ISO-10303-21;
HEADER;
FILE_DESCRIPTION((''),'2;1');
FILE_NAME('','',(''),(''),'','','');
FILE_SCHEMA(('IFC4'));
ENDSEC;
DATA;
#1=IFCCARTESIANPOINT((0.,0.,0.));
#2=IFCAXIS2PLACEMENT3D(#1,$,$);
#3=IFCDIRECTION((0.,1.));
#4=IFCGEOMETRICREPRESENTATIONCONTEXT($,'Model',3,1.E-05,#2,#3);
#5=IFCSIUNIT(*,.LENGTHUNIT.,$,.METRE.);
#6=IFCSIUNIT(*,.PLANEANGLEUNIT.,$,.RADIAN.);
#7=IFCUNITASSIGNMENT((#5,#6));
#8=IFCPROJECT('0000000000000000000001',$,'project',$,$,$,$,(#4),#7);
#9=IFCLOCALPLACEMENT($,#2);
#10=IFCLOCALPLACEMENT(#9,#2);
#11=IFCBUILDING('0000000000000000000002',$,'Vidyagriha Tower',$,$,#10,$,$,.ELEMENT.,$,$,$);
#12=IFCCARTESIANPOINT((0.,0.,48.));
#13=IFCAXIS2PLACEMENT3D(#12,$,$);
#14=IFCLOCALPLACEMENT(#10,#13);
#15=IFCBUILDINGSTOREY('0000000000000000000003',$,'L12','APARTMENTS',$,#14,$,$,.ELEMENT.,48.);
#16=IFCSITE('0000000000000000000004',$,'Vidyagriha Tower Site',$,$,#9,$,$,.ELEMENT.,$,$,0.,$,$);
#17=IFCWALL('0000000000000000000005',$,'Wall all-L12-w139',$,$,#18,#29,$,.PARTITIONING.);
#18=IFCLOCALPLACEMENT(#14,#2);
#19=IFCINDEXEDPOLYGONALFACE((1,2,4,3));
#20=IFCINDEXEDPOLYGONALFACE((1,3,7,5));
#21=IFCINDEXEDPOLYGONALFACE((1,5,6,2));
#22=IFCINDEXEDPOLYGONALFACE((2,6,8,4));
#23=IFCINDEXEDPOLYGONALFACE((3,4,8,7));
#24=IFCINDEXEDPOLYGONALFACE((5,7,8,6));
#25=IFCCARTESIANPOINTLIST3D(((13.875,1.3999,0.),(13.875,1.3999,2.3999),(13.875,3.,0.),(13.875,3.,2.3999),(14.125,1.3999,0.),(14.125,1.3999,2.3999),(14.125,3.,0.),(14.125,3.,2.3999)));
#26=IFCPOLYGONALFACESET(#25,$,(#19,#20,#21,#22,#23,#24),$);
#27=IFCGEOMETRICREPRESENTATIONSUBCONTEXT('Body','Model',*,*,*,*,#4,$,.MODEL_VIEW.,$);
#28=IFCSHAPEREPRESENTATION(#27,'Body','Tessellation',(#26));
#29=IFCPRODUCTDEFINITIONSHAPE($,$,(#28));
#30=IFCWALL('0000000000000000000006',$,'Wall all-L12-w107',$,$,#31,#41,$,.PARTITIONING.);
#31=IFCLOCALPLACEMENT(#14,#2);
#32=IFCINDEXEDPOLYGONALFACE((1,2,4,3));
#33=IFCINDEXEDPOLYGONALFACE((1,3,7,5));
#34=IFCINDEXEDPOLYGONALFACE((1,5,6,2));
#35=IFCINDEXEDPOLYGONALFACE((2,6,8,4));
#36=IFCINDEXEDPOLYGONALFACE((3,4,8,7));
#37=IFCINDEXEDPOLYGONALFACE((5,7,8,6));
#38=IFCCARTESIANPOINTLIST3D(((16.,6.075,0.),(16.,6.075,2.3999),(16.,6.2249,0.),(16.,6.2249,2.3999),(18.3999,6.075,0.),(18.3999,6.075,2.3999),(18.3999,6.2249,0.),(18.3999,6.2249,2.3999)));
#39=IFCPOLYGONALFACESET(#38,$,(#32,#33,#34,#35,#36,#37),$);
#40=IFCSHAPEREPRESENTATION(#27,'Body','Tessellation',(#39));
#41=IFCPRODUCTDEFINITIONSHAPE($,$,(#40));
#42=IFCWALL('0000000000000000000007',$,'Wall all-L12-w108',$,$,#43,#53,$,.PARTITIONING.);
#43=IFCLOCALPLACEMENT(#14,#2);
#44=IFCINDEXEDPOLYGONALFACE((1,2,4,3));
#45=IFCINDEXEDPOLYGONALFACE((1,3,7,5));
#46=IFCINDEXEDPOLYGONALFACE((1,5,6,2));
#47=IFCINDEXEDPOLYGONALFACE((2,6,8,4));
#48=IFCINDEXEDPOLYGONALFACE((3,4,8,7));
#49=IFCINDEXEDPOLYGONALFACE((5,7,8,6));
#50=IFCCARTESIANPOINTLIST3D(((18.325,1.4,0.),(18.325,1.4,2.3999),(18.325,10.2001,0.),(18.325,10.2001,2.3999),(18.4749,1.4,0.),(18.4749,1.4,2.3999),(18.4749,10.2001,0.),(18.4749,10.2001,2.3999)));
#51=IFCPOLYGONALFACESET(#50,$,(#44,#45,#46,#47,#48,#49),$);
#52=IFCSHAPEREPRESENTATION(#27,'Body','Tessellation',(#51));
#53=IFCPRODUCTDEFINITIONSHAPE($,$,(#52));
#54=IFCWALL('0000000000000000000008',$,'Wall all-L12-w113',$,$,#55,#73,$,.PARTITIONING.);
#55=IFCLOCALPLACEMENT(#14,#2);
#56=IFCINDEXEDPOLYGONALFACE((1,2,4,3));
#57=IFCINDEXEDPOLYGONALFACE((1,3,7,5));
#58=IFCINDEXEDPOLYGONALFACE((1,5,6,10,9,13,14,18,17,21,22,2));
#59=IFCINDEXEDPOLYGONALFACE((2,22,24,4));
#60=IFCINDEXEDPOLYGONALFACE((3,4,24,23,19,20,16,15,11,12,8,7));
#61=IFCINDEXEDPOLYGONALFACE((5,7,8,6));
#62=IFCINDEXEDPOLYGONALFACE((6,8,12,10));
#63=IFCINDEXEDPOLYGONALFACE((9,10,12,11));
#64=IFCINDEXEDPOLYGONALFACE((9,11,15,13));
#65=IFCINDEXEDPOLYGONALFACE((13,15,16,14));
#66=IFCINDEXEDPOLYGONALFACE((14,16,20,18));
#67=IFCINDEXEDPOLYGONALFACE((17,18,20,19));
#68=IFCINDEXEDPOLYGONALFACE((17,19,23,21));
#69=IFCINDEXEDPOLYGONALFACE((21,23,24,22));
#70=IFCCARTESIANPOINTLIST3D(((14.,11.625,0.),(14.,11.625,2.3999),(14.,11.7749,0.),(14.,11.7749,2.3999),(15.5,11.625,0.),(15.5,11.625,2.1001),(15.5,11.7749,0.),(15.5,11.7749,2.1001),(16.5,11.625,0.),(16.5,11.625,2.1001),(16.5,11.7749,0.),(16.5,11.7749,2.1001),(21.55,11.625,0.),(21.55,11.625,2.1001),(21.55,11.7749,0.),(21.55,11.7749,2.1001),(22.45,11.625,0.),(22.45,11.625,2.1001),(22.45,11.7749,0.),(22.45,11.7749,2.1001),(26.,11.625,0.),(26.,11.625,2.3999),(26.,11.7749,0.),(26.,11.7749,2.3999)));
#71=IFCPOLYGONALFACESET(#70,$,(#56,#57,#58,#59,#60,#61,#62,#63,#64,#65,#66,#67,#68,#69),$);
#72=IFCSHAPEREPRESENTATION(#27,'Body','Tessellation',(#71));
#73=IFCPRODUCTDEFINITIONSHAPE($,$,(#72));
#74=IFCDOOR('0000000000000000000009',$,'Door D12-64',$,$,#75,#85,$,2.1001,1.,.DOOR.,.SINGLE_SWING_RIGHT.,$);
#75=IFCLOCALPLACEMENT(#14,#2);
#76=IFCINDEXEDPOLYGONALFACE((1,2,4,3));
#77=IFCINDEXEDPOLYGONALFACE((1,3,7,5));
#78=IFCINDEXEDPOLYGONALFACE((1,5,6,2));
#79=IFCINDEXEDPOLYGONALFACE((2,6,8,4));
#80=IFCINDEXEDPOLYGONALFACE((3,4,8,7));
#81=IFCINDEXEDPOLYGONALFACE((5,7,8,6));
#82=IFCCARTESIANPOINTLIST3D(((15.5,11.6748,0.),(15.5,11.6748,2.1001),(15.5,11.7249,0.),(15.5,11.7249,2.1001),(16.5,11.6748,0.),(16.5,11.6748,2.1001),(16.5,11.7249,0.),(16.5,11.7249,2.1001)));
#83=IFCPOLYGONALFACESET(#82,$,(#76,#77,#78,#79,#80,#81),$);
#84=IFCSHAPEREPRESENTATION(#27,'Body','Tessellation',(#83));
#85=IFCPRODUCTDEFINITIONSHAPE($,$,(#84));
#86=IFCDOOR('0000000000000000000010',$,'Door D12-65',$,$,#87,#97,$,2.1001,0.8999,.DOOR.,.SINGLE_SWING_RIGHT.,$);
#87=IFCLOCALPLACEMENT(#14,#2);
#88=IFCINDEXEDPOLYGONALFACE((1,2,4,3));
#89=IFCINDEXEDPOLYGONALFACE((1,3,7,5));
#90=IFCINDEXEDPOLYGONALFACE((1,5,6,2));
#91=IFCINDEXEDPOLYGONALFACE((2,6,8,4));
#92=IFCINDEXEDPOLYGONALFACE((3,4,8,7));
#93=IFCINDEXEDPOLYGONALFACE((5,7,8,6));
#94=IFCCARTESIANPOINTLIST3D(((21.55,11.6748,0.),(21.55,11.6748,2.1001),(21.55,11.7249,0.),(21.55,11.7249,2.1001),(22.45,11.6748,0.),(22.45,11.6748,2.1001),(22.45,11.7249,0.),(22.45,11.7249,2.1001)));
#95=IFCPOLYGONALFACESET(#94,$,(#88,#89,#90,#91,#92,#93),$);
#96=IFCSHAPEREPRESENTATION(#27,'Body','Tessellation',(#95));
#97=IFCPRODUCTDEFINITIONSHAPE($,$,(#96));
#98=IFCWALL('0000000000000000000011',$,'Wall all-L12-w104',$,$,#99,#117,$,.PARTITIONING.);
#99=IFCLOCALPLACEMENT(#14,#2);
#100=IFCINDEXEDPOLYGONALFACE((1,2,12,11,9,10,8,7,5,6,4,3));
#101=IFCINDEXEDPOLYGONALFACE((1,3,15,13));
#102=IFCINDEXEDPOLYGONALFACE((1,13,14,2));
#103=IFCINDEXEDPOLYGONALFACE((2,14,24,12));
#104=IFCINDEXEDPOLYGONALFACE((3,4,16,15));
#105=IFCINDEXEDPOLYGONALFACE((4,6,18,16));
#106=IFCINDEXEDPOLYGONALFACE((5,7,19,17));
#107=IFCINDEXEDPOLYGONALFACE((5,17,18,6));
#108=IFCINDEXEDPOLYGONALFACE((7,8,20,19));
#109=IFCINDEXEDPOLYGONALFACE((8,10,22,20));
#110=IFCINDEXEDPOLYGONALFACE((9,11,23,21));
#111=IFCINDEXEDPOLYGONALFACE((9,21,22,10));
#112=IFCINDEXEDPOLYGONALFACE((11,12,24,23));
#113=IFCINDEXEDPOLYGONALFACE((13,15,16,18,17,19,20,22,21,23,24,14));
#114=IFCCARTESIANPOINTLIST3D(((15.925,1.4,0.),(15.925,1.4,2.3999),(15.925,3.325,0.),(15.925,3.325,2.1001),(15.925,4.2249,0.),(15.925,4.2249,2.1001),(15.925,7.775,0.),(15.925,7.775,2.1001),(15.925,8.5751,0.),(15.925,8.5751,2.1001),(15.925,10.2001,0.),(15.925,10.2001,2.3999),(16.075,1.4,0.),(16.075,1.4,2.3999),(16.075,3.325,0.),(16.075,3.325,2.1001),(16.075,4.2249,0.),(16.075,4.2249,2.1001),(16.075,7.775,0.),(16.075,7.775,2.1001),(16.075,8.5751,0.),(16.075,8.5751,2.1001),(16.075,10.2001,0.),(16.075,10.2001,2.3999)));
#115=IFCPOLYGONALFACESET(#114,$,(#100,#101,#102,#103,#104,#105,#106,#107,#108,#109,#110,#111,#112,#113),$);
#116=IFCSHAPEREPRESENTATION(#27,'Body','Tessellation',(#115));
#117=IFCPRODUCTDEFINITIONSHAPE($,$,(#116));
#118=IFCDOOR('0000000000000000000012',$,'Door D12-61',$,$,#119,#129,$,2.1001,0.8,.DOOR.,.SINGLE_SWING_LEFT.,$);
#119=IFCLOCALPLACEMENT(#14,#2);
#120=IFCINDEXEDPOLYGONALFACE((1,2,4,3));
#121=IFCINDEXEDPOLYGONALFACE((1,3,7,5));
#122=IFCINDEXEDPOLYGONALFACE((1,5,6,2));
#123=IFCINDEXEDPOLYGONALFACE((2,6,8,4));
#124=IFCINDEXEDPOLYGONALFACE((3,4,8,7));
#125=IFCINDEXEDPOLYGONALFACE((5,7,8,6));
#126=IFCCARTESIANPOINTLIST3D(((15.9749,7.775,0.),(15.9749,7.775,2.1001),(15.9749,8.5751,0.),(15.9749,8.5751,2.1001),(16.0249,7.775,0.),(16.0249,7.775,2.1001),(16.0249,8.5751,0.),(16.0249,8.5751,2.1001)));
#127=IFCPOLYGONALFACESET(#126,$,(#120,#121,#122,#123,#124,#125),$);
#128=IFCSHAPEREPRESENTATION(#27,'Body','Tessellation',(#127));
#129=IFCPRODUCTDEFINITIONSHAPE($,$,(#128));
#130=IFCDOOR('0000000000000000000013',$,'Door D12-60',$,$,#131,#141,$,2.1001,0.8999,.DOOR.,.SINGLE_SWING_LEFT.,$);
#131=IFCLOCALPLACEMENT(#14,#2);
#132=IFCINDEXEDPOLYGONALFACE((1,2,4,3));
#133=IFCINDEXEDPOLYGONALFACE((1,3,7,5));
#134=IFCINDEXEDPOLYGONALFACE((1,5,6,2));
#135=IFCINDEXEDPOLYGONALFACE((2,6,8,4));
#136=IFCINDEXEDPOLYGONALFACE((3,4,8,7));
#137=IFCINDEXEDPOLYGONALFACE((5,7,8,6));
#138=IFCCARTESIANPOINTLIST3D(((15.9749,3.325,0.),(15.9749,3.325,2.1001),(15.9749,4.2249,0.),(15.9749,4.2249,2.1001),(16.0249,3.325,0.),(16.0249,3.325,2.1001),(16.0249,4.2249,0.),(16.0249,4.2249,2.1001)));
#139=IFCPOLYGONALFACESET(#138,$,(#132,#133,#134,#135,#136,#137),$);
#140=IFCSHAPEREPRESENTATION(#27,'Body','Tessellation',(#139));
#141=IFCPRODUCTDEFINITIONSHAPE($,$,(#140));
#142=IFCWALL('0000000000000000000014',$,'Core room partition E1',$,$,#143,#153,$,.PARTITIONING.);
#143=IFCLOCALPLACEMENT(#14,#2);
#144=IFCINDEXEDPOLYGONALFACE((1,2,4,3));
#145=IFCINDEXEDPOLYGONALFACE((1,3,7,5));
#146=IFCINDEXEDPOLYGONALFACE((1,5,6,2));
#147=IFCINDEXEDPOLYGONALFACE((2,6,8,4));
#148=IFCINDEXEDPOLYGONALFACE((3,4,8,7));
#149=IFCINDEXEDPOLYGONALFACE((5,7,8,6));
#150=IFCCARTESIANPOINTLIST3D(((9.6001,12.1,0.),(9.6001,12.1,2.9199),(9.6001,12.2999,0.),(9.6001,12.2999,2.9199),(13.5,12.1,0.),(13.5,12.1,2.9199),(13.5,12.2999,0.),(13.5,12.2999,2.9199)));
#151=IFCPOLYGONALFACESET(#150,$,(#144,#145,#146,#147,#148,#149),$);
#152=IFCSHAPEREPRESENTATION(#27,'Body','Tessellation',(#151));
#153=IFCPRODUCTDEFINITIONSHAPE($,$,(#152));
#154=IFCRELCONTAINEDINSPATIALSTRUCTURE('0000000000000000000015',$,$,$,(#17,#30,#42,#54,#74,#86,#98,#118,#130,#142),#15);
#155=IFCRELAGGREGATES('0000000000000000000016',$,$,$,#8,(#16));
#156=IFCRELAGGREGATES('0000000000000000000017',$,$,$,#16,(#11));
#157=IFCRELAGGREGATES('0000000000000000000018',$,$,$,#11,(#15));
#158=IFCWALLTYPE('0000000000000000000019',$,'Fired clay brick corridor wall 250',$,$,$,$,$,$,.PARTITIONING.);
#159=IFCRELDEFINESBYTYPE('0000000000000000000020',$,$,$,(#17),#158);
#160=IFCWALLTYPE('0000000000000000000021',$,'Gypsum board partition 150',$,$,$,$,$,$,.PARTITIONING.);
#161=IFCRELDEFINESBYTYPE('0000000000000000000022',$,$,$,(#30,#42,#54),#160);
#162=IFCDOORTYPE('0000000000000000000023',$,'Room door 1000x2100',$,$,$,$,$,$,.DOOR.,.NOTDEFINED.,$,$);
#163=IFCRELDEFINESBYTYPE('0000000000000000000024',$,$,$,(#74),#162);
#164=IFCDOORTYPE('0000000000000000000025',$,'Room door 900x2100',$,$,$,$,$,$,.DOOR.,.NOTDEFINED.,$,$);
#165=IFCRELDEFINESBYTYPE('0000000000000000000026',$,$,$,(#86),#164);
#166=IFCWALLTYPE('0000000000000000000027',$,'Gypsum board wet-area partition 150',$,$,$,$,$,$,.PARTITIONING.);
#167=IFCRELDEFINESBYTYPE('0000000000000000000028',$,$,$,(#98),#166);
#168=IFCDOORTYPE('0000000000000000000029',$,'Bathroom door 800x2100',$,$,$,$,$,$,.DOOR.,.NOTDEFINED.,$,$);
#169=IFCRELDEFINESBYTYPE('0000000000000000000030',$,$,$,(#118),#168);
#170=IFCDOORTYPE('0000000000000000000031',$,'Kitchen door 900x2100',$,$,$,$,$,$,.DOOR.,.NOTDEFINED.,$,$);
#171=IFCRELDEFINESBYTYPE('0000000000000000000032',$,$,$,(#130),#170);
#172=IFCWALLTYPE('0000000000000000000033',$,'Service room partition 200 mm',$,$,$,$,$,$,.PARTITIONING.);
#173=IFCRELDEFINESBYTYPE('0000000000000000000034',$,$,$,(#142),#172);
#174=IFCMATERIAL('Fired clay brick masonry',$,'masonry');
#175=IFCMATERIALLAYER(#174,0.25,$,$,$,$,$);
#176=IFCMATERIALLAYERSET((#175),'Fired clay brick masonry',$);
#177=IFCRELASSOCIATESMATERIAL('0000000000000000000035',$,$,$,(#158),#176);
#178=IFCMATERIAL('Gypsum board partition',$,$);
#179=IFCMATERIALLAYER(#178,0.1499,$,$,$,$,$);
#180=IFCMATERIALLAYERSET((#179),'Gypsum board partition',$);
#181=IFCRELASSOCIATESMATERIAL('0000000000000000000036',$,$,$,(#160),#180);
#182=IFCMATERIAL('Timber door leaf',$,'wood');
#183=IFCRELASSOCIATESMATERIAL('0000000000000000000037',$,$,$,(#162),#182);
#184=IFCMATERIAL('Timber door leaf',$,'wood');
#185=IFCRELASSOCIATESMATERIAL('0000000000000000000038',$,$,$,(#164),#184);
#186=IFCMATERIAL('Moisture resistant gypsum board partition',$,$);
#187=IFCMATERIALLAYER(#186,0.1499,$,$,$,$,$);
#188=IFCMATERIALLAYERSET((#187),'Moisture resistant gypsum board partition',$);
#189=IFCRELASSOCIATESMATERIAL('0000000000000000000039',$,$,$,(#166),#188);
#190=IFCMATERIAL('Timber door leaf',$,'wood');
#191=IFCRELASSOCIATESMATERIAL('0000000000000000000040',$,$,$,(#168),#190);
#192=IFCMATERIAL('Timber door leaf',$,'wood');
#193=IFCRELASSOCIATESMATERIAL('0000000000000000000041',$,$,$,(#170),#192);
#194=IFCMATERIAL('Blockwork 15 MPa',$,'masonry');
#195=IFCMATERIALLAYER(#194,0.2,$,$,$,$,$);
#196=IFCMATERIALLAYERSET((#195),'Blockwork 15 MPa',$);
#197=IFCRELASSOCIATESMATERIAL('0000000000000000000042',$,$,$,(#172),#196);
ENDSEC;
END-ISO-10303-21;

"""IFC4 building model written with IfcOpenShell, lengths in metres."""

from ifc_helpers import new_model, si_unit, direction, frame, frame_2d, origin, place, context, subcontext, project, spatial, rectangle, extrude, material, layer, layer_set, type_object, element, fill, save


model = new_model("IFC4")

# Units and contexts
model_context = context("Model", 3, precision=1e-05, world=origin(), true_north=direction((0.0, 1.0)))
body_context = subcontext(model_context, "Body", "Model", "MODEL_VIEW")
ifc_project = project(units=[si_unit("LENGTHUNIT", "METRE"), si_unit("PLANEANGLEUNIT", "RADIAN")], contexts=[model_context])

# Site, building, storey
site_placement = place(None, origin())
site = spatial("IfcSite", under=ifc_project, at=site_placement, Name="Vidyagriha Tower Site", CompositionType="ELEMENT", RefElevation=0.0)
building_placement = place(site_placement, origin())
building = spatial("IfcBuilding", under=site, at=building_placement, Name="Vidyagriha Tower", CompositionType="ELEMENT")
storey_placement = place(building_placement, frame((0.0, 0.0, 48.0)))
storey = spatial("IfcBuildingStorey", under=building, at=storey_placement, Name="L12", Description="APARTMENTS", CompositionType="ELEMENT", Elevation=48.0)

# Shared definitions
ifc_material_1 = material(Name="Fired clay brick masonry", Category="masonry")
ifc_layer_1 = layer(ifc_material_1, 0.25)
ifc_layer_set_1 = layer_set([ifc_layer_1], Name="Fired clay brick masonry")
wall_type_1 = type_object("IfcWallType", Name="Fired clay brick corridor wall 250", PredefinedType="PARTITIONING", material=ifc_layer_set_1)

# Walls
wall_1_placement = place(storey_placement, frame((14.0, 1.3999, 0.0), z_axis=(0.0, 0.0, 1.0), x_axis=(0.0, 1.0, 0.0)))
element("IfcWall", 1, at=wall_1_placement, inside=storey, type_object=wall_type_1, Name="Wall all-L12-w139", PredefinedType="PARTITIONING", context=body_context, shape_type="SweptSolid", body=[
    extrude(rectangle(XDim=1.6001, YDim=0.25, at=frame_2d((0.8, 0.0))), origin(), (0.0, 0.0, 1.0), 2.3999),
])
ifc_material_2 = material(Name="Gypsum board partition")
ifc_layer_2 = layer(ifc_material_2, 0.1499)
ifc_layer_set_2 = layer_set([ifc_layer_2], Name="Gypsum board partition")
wall_type_2 = type_object("IfcWallType", Name="Gypsum board partition 150", PredefinedType="PARTITIONING", material=ifc_layer_set_2)
wall_2_placement = place(storey_placement, frame((16.0, 6.1499, 0.0)))
element("IfcWall", 2, at=wall_2_placement, inside=storey, type_object=wall_type_2, Name="Wall all-L12-w107", PredefinedType="PARTITIONING", context=body_context, shape_type="SweptSolid", body=[
    extrude(rectangle(XDim=2.3999, YDim=0.1499, at=frame_2d((1.2, 0.0))), origin(), (0.0, 0.0, 1.0), 2.3999),
])
wall_3_placement = place(storey_placement, frame((18.3999, 10.2, 0.0), z_axis=(0.0, 0.0, 1.0), x_axis=(0.0, -1.0, 0.0)))
element("IfcWall", 3, at=wall_3_placement, inside=storey, type_object=wall_type_2, Name="Wall all-L12-w108", PredefinedType="PARTITIONING", context=body_context, shape_type="SweptSolid", body=[
    extrude(rectangle(XDim=8.8, YDim=0.1499, at=frame_2d((4.3999, 0.0))), origin(), (0.0, 0.0, 1.0), 2.3999),
])

# Walls, openings, doors
wall_4_placement = place(storey_placement, frame((14.0, 11.7, 0.0)))
wall_4 = element("IfcWall", 4, at=wall_4_placement, inside=storey, type_object=wall_type_2, Name="Wall all-L12-w113", PredefinedType="PARTITIONING", context=body_context, shape_type="SweptSolid", body=[
    extrude(rectangle(XDim=12.0, YDim=0.1499, at=frame_2d((6.0, 0.0))), origin(), (0.0, 0.0, 1.0), 2.3999),
])
opening_1_placement = place(wall_4_placement, frame((1.5, 0.0, 0.0)))
opening_1 = element("IfcOpeningElement", 5, at=opening_1_placement, cuts=wall_4, PredefinedType="OPENING", context=body_context, shape_type="SweptSolid", body=[
    extrude(rectangle(XDim=1.0, YDim=2.1001, at=frame_2d((0.5, 1.05))), frame((0.0, 0.085, 0.0), z_axis=(0.0, -1.0, 0.0), x_axis=(1.0, 0.0, 0.0)), (0.0, 0.0, 1.0), 0.1699),
])
opening_2_placement = place(wall_4_placement, frame((7.55, 0.0, 0.0)))
opening_2 = element("IfcOpeningElement", 6, at=opening_2_placement, cuts=wall_4, PredefinedType="OPENING", context=body_context, shape_type="SweptSolid", body=[
    extrude(rectangle(XDim=0.8999, YDim=2.1001, at=frame_2d((0.45, 1.05))), frame((0.0, 0.085, 0.0), z_axis=(0.0, -1.0, 0.0), x_axis=(1.0, 0.0, 0.0)), (0.0, 0.0, 1.0), 0.1699),
])
ifc_material_3 = material(Name="Timber door leaf", Category="wood")
door_type_1 = type_object("IfcDoorType", Name="Room door 1000x2100", OperationType="NOTDEFINED", PredefinedType="DOOR", material=ifc_material_3)
door_1_placement = place(opening_1_placement, origin())
door_1 = element("IfcDoor", 7, at=door_1_placement, inside=storey, type_object=door_type_1, Name="Door D12-64", OperationType="SINGLE_SWING_RIGHT", OverallHeight=2.1001, OverallWidth=1.0, PredefinedType="DOOR", context=body_context, shape_type="SweptSolid", body=[
    extrude(rectangle(XDim=1.0, YDim=2.1001, at=frame_2d((0.5, 1.05))), frame((0.0, 0.0249, 0.0), z_axis=(0.0, -1.0, 0.0), x_axis=(1.0, 0.0, 0.0)), (0.0, 0.0, 1.0), 0.05),
])
fill(opening_1, door_1)
ifc_material_4 = material(Name="Timber door leaf", Category="wood")
door_type_2 = type_object("IfcDoorType", Name="Room door 900x2100", OperationType="NOTDEFINED", PredefinedType="DOOR", material=ifc_material_4)
door_2_placement = place(opening_2_placement, origin())
door_2 = element("IfcDoor", 8, at=door_2_placement, inside=storey, type_object=door_type_2, Name="Door D12-65", OperationType="SINGLE_SWING_RIGHT", OverallHeight=2.1001, OverallWidth=0.8999, PredefinedType="DOOR", context=body_context, shape_type="SweptSolid", body=[
    extrude(rectangle(XDim=0.8999, YDim=2.1001, at=frame_2d((0.45, 1.05))), frame((0.0, 0.0249, 0.0), z_axis=(0.0, -1.0, 0.0), x_axis=(1.0, 0.0, 0.0)), (0.0, 0.0, 1.0), 0.05),
])
fill(opening_2, door_2)
ifc_material_5 = material(Name="Moisture resistant gypsum board partition")
ifc_layer_3 = layer(ifc_material_5, 0.1499)
ifc_layer_set_3 = layer_set([ifc_layer_3], Name="Moisture resistant gypsum board partition")
wall_type_3 = type_object("IfcWallType", Name="Gypsum board wet-area partition 150", PredefinedType="PARTITIONING", material=ifc_layer_set_3)
wall_5_placement = place(storey_placement, frame((16.0, 10.2, 0.0), z_axis=(0.0, 0.0, 1.0), x_axis=(0.0, -1.0, 0.0)))
wall_5 = element("IfcWall", 9, at=wall_5_placement, inside=storey, type_object=wall_type_3, Name="Wall all-L12-w104", PredefinedType="PARTITIONING", context=body_context, shape_type="SweptSolid", body=[
    extrude(rectangle(XDim=8.8, YDim=0.1499, at=frame_2d((4.3999, 0.0))), origin(), (0.0, 0.0, 1.0), 2.3999),
])
opening_3_placement = place(wall_5_placement, frame((5.9751, 0.0, 0.0)))
opening_3 = element("IfcOpeningElement", 10, at=opening_3_placement, cuts=wall_5, PredefinedType="OPENING", context=body_context, shape_type="SweptSolid", body=[
    extrude(rectangle(XDim=0.8999, YDim=2.1001, at=frame_2d((0.45, 1.05))), frame((0.0, 0.085, 0.0), z_axis=(0.0, -1.0, 0.0), x_axis=(1.0, 0.0, 0.0)), (0.0, 0.0, 1.0), 0.1699),
])
opening_4_placement = place(wall_5_placement, frame((1.625, 0.0, 0.0)))
opening_4 = element("IfcOpeningElement", 11, at=opening_4_placement, cuts=wall_5, PredefinedType="OPENING", context=body_context, shape_type="SweptSolid", body=[
    extrude(rectangle(XDim=0.8, YDim=2.1001, at=frame_2d((0.3999, 1.05))), frame((0.0, 0.085, 0.0), z_axis=(0.0, -1.0, 0.0), x_axis=(1.0, 0.0, 0.0)), (0.0, 0.0, 1.0), 0.1699),
])
ifc_material_6 = material(Name="Timber door leaf", Category="wood")
door_type_3 = type_object("IfcDoorType", Name="Bathroom door 800x2100", OperationType="NOTDEFINED", PredefinedType="DOOR", material=ifc_material_6)
door_3_placement = place(opening_4_placement, origin())
door_3 = element("IfcDoor", 12, at=door_3_placement, inside=storey, type_object=door_type_3, Name="Door D12-61", OperationType="SINGLE_SWING_LEFT", OverallHeight=2.1001, OverallWidth=0.8, PredefinedType="DOOR", context=body_context, shape_type="SweptSolid", body=[
    extrude(rectangle(XDim=0.8, YDim=2.1001, at=frame_2d((0.3999, 1.05))), frame((0.0, 0.0249, 0.0), z_axis=(0.0, -1.0, 0.0), x_axis=(1.0, 0.0, 0.0)), (0.0, 0.0, 1.0), 0.05),
])
fill(opening_4, door_3)
ifc_material_7 = material(Name="Timber door leaf", Category="wood")
door_type_4 = type_object("IfcDoorType", Name="Kitchen door 900x2100", OperationType="NOTDEFINED", PredefinedType="DOOR", material=ifc_material_7)
door_4_placement = place(opening_3_placement, origin())
door_4 = element("IfcDoor", 13, at=door_4_placement, inside=storey, type_object=door_type_4, Name="Door D12-60", OperationType="SINGLE_SWING_LEFT", OverallHeight=2.1001, OverallWidth=0.8999, PredefinedType="DOOR", context=body_context, shape_type="SweptSolid", body=[
    extrude(rectangle(XDim=0.8999, YDim=2.1001, at=frame_2d((0.45, 1.05))), frame((0.0, 0.0249, 0.0), z_axis=(0.0, -1.0, 0.0), x_axis=(1.0, 0.0, 0.0)), (0.0, 0.0, 1.0), 0.05),
])
fill(opening_3, door_4)

# Wall
ifc_material_8 = material(Name="Blockwork 15 MPa", Category="masonry")
ifc_layer_4 = layer(ifc_material_8, 0.2)
ifc_layer_set_4 = layer_set([ifc_layer_4], Name="Blockwork 15 MPa")
wall_type_4 = type_object("IfcWallType", Name="Service room partition 200 mm", PredefinedType="PARTITIONING", material=ifc_layer_set_4)
wall_6_placement = place(storey_placement, frame((9.6001, 12.2, 0.0)))
element("IfcWall", 14, at=wall_6_placement, inside=storey, type_object=wall_type_4, Name="Core room partition E1", PredefinedType="PARTITIONING", context=body_context, shape_type="SweptSolid", body=[
    extrude(rectangle(XDim=3.8999, YDim=0.2, at=frame_2d((1.95, 0.0))), origin(), (0.0, 0.0, 1.0), 2.9199),
])

save(model, "model.ifc")
